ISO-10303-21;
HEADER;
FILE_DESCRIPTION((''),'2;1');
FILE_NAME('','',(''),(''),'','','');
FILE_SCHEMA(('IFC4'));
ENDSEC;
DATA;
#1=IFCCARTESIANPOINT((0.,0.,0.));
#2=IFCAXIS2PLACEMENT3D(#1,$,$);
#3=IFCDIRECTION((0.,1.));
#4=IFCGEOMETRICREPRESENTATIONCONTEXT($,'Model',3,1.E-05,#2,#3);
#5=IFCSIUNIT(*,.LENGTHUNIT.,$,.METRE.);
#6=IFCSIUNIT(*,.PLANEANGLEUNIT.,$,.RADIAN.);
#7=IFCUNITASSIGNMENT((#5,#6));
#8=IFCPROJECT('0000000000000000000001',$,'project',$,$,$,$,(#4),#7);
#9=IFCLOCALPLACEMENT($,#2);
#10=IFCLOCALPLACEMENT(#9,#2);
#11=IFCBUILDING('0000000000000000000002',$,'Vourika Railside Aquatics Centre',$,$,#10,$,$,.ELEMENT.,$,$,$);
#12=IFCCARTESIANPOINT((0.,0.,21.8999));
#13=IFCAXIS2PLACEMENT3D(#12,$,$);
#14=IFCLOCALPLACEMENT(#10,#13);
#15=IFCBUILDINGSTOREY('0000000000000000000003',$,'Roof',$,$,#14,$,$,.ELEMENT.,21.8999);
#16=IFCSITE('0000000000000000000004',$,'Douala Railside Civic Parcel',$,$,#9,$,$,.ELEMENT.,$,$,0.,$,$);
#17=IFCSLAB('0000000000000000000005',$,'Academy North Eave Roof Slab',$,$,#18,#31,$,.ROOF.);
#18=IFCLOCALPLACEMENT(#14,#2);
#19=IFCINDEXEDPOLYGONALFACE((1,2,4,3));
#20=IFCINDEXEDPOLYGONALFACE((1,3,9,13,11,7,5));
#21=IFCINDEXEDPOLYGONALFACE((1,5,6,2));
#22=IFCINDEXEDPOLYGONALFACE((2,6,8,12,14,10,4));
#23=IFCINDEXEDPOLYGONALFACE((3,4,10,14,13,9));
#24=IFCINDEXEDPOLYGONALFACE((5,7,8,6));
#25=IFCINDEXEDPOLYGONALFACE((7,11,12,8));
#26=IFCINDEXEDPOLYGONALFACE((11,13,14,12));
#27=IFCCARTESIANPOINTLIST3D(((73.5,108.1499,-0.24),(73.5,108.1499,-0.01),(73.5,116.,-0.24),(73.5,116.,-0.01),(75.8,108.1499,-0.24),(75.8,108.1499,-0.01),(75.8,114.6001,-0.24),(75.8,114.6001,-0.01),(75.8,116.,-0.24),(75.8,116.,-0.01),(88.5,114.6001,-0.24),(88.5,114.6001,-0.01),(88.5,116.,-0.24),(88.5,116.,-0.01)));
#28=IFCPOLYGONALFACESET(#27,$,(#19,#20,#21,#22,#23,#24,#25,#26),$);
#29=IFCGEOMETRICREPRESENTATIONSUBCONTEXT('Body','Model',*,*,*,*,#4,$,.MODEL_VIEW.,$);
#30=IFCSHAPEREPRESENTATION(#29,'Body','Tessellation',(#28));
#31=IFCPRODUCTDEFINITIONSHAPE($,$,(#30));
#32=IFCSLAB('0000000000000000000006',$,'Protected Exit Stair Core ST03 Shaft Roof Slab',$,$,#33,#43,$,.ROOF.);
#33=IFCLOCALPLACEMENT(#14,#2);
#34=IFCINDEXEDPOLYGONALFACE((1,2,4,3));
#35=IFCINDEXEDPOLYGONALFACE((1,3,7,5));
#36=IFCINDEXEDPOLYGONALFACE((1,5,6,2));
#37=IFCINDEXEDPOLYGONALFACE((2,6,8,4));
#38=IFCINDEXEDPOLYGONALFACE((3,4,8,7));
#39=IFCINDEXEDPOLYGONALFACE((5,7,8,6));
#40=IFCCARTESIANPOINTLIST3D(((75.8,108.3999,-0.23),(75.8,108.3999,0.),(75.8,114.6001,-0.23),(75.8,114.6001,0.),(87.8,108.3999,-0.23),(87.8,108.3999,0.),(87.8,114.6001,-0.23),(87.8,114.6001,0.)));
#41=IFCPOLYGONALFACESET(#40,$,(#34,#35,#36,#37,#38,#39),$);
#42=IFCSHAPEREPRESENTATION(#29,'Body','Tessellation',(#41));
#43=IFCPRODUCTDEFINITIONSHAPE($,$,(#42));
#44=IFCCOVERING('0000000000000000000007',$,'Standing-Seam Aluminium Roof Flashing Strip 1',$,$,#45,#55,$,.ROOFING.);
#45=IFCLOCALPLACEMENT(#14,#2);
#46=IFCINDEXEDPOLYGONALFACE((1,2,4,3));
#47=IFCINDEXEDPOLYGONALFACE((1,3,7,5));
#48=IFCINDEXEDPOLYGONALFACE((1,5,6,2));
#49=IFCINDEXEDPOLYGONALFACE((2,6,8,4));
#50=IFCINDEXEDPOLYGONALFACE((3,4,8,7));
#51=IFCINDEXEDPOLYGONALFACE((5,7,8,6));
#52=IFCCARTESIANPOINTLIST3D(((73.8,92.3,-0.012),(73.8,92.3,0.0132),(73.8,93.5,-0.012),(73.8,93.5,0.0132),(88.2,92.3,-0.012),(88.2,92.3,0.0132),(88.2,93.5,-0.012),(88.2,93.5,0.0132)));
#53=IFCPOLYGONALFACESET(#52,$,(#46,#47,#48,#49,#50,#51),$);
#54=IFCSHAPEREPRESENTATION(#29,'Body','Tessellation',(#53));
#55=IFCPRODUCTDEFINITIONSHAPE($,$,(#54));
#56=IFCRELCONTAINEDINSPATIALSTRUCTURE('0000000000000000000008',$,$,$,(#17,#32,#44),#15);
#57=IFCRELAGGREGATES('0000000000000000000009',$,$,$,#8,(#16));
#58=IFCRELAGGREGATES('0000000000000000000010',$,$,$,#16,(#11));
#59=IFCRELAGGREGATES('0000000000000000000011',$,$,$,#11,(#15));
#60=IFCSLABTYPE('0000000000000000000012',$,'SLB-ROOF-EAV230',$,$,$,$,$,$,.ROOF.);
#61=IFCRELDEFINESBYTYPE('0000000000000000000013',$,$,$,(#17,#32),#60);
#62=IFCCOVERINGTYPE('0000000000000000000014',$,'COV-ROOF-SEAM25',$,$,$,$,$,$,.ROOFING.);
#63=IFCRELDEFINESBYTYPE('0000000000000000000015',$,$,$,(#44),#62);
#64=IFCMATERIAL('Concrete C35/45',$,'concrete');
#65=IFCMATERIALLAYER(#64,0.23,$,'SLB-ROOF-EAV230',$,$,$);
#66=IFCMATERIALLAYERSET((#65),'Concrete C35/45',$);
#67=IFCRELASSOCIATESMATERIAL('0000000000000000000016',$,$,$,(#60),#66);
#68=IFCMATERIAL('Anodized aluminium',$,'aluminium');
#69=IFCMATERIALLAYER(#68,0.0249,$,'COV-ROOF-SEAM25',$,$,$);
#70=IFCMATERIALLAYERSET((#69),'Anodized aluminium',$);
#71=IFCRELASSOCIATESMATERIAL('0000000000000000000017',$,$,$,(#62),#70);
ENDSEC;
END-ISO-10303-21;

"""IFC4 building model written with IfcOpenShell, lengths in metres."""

from ifc_helpers import new_model, si_unit, direction, frame, origin, place, context, subcontext, project, spatial, polyline, outline, extrude, material, layer, layer_set, type_object, element, save


model = new_model("IFC4")

# Units and contexts
model_context = context("Model", 3, precision=1e-05, world=origin(), true_north=direction((0.0, 1.0)))
body_context = subcontext(model_context, "Body", "Model", "MODEL_VIEW")
ifc_project = project(units=[si_unit("LENGTHUNIT", "METRE"), si_unit("PLANEANGLEUNIT", "RADIAN")], contexts=[model_context])

# Site, building, storey
site_placement = place(None, origin())
site = spatial("IfcSite", under=ifc_project, at=site_placement, Name="Douala Railside Civic Parcel", CompositionType="ELEMENT", RefElevation=0.0)
building_placement = place(site_placement, origin())
building = spatial("IfcBuilding", under=site, at=building_placement, Name="Vourika Railside Aquatics Centre", CompositionType="ELEMENT")
storey_placement = place(building_placement, frame((0.0, 0.0, 21.8999)))
storey = spatial("IfcBuildingStorey", under=building, at=storey_placement, Name="Roof", CompositionType="ELEMENT", Elevation=21.8999)

# Slabs
ifc_material_1 = material(Name="Concrete C35/45", Category="concrete")
ifc_layer_1 = layer(ifc_material_1, 0.23, Name="SLB-ROOF-EAV230")
ifc_layer_set_1 = layer_set([ifc_layer_1], Name="Concrete C35/45")
slab_type = type_object("IfcSlabType", Name="SLB-ROOF-EAV230", PredefinedType="ROOF", material=ifc_layer_set_1)
slab_1_placement = place(storey_placement, frame((0.0, 0.0, -0.24)))
element("IfcSlab", 1, at=slab_1_placement, inside=storey, type_object=slab_type, Name="Academy North Eave Roof Slab", PredefinedType="ROOF", context=body_context, shape_type="SweptSolid", body=[
    extrude(outline(polyline([(75.8, 108.1499), (73.5, 108.1499), (73.5, 116.0), (75.8, 116.0), (88.5, 116.0), (88.5, 114.6001), (75.8, 114.6001), (75.8, 108.1499)])), origin(), (0.0, 0.0, 1.0), 0.23),
])
slab_2_placement = place(storey_placement, frame((0.0, 0.0, -0.23)))
element("IfcSlab", 2, at=slab_2_placement, inside=storey, type_object=slab_type, Name="Protected Exit Stair Core ST03 Shaft Roof Slab", PredefinedType="ROOF", context=body_context, shape_type="SweptSolid", body=[
    extrude(outline(polyline([(75.8, 108.3999), (87.8, 108.3999), (87.8, 114.6001), (75.8, 114.6001), (75.8, 108.3999)])), origin(), (0.0, 0.0, 1.0), 0.23),
])

# Covering
ifc_material_2 = material(Name="Anodized aluminium", Category="aluminium")
ifc_layer_2 = layer(ifc_material_2, 0.0249, Name="COV-ROOF-SEAM25")
ifc_layer_set_2 = layer_set([ifc_layer_2], Name="Anodized aluminium")
covering_type = type_object("IfcCoveringType", Name="COV-ROOF-SEAM25", PredefinedType="ROOFING", material=ifc_layer_set_2)
covering_placement = place(storey_placement, frame((0.0, 0.0, -0.012)))
element("IfcCovering", 3, at=covering_placement, inside=storey, type_object=covering_type, Name="Standing-Seam Aluminium Roof Flashing Strip 1", PredefinedType="ROOFING", context=body_context, shape_type="SweptSolid", body=[
    extrude(outline(polyline([(73.8, 92.3), (88.2, 92.3), (88.2, 93.5), (73.8, 93.5), (73.8, 92.3)])), origin(), (0.0, 0.0, 1.0), 0.0251),
])

save(model, "model.ifc")
